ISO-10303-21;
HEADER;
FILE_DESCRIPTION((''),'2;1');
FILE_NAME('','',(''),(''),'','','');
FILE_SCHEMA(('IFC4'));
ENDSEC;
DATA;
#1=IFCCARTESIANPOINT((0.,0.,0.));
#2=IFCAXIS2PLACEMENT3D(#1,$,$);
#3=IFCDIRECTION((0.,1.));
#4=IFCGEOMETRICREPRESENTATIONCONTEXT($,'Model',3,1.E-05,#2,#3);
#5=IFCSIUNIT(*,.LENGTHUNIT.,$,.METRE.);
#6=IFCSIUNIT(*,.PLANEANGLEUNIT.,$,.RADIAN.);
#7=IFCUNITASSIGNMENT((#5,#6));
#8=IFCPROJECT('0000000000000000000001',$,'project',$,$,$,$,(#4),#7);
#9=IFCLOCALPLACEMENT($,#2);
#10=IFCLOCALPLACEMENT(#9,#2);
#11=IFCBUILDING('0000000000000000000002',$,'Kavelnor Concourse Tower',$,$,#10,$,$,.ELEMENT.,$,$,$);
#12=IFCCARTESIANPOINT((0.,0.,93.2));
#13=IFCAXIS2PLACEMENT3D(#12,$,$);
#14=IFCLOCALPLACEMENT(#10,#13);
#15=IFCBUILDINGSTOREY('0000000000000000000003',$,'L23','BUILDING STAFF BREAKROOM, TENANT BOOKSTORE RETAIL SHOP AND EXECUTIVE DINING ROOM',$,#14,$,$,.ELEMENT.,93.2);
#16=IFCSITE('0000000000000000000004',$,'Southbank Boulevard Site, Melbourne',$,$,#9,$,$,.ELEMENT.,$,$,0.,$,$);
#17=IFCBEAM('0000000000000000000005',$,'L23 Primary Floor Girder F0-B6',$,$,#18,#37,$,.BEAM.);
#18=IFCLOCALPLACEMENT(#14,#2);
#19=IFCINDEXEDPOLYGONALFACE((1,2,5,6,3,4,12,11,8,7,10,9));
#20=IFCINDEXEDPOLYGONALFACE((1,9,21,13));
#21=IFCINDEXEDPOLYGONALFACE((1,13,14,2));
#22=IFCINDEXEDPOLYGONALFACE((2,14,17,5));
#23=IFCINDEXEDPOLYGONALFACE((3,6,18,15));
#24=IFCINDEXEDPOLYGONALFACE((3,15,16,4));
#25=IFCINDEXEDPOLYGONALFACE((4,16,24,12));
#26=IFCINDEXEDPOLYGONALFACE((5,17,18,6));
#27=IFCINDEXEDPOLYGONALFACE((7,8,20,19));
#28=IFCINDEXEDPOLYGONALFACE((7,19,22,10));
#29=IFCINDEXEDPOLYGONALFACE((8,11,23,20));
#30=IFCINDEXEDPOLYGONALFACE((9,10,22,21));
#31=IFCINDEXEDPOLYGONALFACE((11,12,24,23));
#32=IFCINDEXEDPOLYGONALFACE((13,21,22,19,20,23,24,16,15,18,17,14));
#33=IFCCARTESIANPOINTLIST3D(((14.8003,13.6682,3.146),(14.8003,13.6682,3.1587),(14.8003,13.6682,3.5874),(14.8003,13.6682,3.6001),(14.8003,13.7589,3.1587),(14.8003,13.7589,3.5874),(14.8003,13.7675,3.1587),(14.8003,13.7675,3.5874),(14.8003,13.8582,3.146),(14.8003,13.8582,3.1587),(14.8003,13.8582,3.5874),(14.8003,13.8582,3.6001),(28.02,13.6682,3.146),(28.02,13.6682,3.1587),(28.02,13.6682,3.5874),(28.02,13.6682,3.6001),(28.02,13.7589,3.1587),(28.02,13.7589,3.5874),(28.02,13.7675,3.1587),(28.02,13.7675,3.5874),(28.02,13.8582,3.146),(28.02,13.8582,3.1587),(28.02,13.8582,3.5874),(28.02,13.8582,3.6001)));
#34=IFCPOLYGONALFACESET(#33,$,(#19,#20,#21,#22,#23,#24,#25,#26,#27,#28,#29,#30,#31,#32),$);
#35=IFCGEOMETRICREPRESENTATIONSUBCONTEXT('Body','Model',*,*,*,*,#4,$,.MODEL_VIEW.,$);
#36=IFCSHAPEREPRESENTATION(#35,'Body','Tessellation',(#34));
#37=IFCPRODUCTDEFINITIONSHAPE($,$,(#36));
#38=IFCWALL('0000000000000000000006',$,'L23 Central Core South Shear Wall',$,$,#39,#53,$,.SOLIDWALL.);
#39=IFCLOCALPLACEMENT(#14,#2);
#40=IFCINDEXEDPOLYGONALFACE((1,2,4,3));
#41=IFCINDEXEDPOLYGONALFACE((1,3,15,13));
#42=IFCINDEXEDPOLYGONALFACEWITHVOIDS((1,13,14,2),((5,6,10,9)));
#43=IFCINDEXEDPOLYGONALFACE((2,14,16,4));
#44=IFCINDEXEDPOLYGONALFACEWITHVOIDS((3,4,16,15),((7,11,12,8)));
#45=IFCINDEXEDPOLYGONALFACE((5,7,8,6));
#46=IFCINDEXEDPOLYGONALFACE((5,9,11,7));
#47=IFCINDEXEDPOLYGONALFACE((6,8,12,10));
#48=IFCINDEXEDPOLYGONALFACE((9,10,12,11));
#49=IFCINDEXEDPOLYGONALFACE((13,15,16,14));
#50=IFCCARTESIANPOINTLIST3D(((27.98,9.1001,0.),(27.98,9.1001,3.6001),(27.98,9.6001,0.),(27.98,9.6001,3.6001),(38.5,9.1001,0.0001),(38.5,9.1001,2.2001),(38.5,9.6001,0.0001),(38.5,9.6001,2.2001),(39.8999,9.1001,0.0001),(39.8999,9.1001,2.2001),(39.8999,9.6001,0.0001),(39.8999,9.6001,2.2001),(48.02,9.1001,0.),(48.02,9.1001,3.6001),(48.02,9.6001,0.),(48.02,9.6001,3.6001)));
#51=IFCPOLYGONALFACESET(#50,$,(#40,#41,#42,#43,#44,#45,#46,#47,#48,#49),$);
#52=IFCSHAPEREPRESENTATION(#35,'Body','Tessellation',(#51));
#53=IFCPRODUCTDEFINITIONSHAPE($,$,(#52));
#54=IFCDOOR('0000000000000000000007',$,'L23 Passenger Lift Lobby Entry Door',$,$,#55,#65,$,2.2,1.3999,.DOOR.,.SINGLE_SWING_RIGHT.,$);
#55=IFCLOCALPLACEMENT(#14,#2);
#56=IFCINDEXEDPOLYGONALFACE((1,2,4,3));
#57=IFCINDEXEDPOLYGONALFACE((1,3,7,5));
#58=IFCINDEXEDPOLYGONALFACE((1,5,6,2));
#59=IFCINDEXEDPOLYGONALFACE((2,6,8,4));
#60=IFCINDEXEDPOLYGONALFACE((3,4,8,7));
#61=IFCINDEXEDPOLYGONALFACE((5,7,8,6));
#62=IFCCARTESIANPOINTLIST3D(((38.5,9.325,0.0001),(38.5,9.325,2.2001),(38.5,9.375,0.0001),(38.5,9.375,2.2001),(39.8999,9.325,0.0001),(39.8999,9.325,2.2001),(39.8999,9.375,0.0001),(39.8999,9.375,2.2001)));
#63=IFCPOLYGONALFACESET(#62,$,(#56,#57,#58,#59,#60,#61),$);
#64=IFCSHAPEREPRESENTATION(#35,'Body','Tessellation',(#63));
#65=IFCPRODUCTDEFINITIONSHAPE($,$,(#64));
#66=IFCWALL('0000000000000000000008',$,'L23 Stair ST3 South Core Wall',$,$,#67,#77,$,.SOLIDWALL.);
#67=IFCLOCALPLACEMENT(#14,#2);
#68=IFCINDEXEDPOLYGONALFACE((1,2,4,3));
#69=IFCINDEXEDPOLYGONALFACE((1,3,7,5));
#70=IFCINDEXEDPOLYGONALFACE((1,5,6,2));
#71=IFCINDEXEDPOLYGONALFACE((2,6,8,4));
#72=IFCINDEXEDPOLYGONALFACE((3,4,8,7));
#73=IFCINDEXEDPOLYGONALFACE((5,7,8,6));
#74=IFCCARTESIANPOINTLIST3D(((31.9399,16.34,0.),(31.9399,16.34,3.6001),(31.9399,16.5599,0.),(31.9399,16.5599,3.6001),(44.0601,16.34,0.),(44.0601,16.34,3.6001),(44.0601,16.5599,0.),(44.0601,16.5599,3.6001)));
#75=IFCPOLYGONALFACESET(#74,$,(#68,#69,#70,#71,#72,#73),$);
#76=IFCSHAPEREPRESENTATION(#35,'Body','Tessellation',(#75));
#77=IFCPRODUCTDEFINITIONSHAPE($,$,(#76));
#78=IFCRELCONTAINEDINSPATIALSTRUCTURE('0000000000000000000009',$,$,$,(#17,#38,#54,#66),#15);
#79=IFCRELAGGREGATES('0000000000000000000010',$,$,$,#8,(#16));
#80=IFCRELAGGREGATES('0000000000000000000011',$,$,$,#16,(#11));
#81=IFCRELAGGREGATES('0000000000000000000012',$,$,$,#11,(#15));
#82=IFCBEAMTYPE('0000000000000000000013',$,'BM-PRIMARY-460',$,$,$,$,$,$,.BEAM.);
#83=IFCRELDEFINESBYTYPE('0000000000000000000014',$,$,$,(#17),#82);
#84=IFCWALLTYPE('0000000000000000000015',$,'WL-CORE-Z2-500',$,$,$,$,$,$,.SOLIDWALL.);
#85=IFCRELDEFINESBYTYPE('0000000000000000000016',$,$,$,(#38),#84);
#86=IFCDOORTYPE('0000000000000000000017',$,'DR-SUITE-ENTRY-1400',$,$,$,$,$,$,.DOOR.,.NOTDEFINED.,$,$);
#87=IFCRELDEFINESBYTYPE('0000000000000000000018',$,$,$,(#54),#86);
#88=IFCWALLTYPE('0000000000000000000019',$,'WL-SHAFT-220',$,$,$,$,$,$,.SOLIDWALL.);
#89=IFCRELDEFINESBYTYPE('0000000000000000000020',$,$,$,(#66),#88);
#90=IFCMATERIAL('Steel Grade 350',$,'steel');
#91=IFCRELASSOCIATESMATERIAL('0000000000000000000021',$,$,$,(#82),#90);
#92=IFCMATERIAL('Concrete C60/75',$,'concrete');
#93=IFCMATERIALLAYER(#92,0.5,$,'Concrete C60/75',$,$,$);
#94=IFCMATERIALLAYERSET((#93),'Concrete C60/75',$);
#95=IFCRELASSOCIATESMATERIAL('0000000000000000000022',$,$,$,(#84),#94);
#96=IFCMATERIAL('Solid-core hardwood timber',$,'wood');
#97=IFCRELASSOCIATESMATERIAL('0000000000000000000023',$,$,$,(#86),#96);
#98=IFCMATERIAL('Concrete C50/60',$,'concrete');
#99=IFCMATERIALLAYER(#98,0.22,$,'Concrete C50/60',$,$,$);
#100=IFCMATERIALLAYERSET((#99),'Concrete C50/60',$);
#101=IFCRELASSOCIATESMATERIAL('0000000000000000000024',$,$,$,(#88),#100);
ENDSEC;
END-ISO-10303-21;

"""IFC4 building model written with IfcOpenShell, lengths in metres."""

from ifc_helpers import new_model, si_unit, direction, frame, frame_2d, origin, origin_2d, place, context, subcontext, project, spatial, rectangle, i_section, extrude, material, layer, layer_set, material_profile, profile_set, type_object, element, fill, save


model = new_model("IFC4")

# Units and contexts
model_context = context("Model", 3, precision=1e-05, world=origin(), true_north=direction((0.0, 1.0)))
body_context = subcontext(model_context, "Body", "Model", "MODEL_VIEW")
ifc_project = project(units=[si_unit("LENGTHUNIT", "METRE"), si_unit("PLANEANGLEUNIT", "RADIAN")], contexts=[model_context])

# Site, building, storey
site_placement = place(None, origin())
site = spatial("IfcSite", under=ifc_project, at=site_placement, Name="Southbank Boulevard Site, Melbourne", CompositionType="ELEMENT", RefElevation=0.0)
building_placement = place(site_placement, origin())
building = spatial("IfcBuilding", under=site, at=building_placement, Name="Kavelnor Concourse Tower", CompositionType="ELEMENT")
storey_placement = place(building_placement, frame((0.0, 0.0, 93.2)))
storey = spatial("IfcBuildingStorey", under=building, at=storey_placement, Name="L23", Description="BUILDING STAFF BREAKROOM, TENANT BOOKSTORE RETAIL SHOP AND EXECUTIVE DINING ROOM", CompositionType="ELEMENT", Elevation=93.2)

# Beam
ifc_material_1 = material(Name="Steel Grade 350", Category="steel")
ifc_material_profile = material_profile(ifc_material_1, i_section(OverallWidth=0.1899, OverallDepth=0.4541, WebThickness=0.0085, FlangeThickness=0.0127, at=origin_2d()), Name="460UB67")
ifc_profile_set = profile_set([ifc_material_profile], Name="Steel Grade 350")
beam_type = type_object("IfcBeamType", Name="BM-PRIMARY-460", PredefinedType="BEAM", material=ifc_profile_set)
beam_placement = place(storey_placement, frame((28.02, 13.7632, 3.373), z_axis=(-1.0, 0.0, 0.0), x_axis=(0.0, -1.0, 0.0)))
element("IfcBeam", 1, at=beam_placement, inside=storey, type_object=beam_type, Name="L23 Primary Floor Girder F0-B6", PredefinedType="BEAM", context=body_context, shape_type="SweptSolid", body=[
    extrude(i_section(OverallWidth=0.1899, OverallDepth=0.4541, WebThickness=0.0085, FlangeThickness=0.0127, at=origin_2d()), origin(), (0.0, 0.0, 1.0), 13.2197),
])

# Wall, opening, door
ifc_material_2 = material(Name="Concrete C60/75", Category="concrete")
ifc_layer_1 = layer(ifc_material_2, 0.5, Name="Concrete C60/75")
ifc_layer_set_1 = layer_set([ifc_layer_1], Name="Concrete C60/75")
wall_type_1 = type_object("IfcWallType", Name="WL-CORE-Z2-500", PredefinedType="SOLIDWALL", material=ifc_layer_set_1)
wall_1_placement = place(storey_placement, frame((27.98, 9.3501, 0.0), z_axis=(0.0, 0.0, 1.0), x_axis=(1.0, 0.0, 0.0)))
wall_1 = element("IfcWall", 2, at=wall_1_placement, inside=storey, type_object=wall_type_1, Name="L23 Central Core South Shear Wall", PredefinedType="SOLIDWALL", context=body_context, shape_type="SweptSolid", body=[
    extrude(rectangle(XDim=20.04, YDim=0.5, at=frame_2d((10.02, 0.0))), origin(), (0.0, 0.0, 1.0), 3.6001),
])
opening_1_placement = place(wall_1_placement, frame((10.52, 0.0, 0.0)))
opening_1 = element("IfcOpeningElement", 3, at=opening_1_placement, cuts=wall_1, PredefinedType="OPENING", context=body_context, shape_type="SweptSolid", body=[
    extrude(rectangle(XDim=1.3999, YDim=2.2, at=frame_2d((0.7, 1.1001))), frame((0.0, 0.26, 0.0), z_axis=(0.0, -1.0, 0.0), x_axis=(1.0, 0.0, 0.0)), (0.0, 0.0, 1.0), 0.52),
])
ifc_material_3 = material(Name="Solid-core hardwood timber", Category="wood")
door_type_1 = type_object("IfcDoorType", Name="DR-SUITE-ENTRY-1400", OperationType="NOTDEFINED", PredefinedType="DOOR", material=ifc_material_3)
door_1_placement = place(opening_1_placement, origin())
door_1 = element("IfcDoor", 4, at=door_1_placement, inside=storey, type_object=door_type_1, Name="L23 Passenger Lift Lobby Entry Door", OperationType="SINGLE_SWING_RIGHT", OverallHeight=2.2, OverallWidth=1.3999, PredefinedType="DOOR", context=body_context, shape_type="SweptSolid", body=[
    extrude(rectangle(XDim=1.3999, YDim=2.2, at=frame_2d((0.7, 1.1001))), frame((0.0, 0.0249, 0.0), z_axis=(0.0, -1.0, 0.0), x_axis=(1.0, 0.0, 0.0)), (0.0, 0.0, 1.0), 0.05),
])
fill(opening_1, door_1)

# Wall
ifc_material_4 = material(Name="Concrete C50/60", Category="concrete")
ifc_layer_2 = layer(ifc_material_4, 0.22, Name="Concrete C50/60")
ifc_layer_set_2 = layer_set([ifc_layer_2], Name="Concrete C50/60")
wall_type_2 = type_object("IfcWallType", Name="WL-SHAFT-220", PredefinedType="SOLIDWALL", material=ifc_layer_set_2)
wall_2_placement = place(storey_placement, frame((31.9399, 16.45, 0.0), z_axis=(0.0, 0.0, 1.0), x_axis=(1.0, 0.0, 0.0)))
element("IfcWall", 5, at=wall_2_placement, inside=storey, type_object=wall_type_2, Name="L23 Stair ST3 South Core Wall", PredefinedType="SOLIDWALL", context=body_context, shape_type="SweptSolid", body=[
    extrude(rectangle(XDim=12.1201, YDim=0.22, at=frame_2d((6.0601, 0.0))), origin(), (0.0, 0.0, 1.0), 3.6001),
])

save(model, "model.ifc")
